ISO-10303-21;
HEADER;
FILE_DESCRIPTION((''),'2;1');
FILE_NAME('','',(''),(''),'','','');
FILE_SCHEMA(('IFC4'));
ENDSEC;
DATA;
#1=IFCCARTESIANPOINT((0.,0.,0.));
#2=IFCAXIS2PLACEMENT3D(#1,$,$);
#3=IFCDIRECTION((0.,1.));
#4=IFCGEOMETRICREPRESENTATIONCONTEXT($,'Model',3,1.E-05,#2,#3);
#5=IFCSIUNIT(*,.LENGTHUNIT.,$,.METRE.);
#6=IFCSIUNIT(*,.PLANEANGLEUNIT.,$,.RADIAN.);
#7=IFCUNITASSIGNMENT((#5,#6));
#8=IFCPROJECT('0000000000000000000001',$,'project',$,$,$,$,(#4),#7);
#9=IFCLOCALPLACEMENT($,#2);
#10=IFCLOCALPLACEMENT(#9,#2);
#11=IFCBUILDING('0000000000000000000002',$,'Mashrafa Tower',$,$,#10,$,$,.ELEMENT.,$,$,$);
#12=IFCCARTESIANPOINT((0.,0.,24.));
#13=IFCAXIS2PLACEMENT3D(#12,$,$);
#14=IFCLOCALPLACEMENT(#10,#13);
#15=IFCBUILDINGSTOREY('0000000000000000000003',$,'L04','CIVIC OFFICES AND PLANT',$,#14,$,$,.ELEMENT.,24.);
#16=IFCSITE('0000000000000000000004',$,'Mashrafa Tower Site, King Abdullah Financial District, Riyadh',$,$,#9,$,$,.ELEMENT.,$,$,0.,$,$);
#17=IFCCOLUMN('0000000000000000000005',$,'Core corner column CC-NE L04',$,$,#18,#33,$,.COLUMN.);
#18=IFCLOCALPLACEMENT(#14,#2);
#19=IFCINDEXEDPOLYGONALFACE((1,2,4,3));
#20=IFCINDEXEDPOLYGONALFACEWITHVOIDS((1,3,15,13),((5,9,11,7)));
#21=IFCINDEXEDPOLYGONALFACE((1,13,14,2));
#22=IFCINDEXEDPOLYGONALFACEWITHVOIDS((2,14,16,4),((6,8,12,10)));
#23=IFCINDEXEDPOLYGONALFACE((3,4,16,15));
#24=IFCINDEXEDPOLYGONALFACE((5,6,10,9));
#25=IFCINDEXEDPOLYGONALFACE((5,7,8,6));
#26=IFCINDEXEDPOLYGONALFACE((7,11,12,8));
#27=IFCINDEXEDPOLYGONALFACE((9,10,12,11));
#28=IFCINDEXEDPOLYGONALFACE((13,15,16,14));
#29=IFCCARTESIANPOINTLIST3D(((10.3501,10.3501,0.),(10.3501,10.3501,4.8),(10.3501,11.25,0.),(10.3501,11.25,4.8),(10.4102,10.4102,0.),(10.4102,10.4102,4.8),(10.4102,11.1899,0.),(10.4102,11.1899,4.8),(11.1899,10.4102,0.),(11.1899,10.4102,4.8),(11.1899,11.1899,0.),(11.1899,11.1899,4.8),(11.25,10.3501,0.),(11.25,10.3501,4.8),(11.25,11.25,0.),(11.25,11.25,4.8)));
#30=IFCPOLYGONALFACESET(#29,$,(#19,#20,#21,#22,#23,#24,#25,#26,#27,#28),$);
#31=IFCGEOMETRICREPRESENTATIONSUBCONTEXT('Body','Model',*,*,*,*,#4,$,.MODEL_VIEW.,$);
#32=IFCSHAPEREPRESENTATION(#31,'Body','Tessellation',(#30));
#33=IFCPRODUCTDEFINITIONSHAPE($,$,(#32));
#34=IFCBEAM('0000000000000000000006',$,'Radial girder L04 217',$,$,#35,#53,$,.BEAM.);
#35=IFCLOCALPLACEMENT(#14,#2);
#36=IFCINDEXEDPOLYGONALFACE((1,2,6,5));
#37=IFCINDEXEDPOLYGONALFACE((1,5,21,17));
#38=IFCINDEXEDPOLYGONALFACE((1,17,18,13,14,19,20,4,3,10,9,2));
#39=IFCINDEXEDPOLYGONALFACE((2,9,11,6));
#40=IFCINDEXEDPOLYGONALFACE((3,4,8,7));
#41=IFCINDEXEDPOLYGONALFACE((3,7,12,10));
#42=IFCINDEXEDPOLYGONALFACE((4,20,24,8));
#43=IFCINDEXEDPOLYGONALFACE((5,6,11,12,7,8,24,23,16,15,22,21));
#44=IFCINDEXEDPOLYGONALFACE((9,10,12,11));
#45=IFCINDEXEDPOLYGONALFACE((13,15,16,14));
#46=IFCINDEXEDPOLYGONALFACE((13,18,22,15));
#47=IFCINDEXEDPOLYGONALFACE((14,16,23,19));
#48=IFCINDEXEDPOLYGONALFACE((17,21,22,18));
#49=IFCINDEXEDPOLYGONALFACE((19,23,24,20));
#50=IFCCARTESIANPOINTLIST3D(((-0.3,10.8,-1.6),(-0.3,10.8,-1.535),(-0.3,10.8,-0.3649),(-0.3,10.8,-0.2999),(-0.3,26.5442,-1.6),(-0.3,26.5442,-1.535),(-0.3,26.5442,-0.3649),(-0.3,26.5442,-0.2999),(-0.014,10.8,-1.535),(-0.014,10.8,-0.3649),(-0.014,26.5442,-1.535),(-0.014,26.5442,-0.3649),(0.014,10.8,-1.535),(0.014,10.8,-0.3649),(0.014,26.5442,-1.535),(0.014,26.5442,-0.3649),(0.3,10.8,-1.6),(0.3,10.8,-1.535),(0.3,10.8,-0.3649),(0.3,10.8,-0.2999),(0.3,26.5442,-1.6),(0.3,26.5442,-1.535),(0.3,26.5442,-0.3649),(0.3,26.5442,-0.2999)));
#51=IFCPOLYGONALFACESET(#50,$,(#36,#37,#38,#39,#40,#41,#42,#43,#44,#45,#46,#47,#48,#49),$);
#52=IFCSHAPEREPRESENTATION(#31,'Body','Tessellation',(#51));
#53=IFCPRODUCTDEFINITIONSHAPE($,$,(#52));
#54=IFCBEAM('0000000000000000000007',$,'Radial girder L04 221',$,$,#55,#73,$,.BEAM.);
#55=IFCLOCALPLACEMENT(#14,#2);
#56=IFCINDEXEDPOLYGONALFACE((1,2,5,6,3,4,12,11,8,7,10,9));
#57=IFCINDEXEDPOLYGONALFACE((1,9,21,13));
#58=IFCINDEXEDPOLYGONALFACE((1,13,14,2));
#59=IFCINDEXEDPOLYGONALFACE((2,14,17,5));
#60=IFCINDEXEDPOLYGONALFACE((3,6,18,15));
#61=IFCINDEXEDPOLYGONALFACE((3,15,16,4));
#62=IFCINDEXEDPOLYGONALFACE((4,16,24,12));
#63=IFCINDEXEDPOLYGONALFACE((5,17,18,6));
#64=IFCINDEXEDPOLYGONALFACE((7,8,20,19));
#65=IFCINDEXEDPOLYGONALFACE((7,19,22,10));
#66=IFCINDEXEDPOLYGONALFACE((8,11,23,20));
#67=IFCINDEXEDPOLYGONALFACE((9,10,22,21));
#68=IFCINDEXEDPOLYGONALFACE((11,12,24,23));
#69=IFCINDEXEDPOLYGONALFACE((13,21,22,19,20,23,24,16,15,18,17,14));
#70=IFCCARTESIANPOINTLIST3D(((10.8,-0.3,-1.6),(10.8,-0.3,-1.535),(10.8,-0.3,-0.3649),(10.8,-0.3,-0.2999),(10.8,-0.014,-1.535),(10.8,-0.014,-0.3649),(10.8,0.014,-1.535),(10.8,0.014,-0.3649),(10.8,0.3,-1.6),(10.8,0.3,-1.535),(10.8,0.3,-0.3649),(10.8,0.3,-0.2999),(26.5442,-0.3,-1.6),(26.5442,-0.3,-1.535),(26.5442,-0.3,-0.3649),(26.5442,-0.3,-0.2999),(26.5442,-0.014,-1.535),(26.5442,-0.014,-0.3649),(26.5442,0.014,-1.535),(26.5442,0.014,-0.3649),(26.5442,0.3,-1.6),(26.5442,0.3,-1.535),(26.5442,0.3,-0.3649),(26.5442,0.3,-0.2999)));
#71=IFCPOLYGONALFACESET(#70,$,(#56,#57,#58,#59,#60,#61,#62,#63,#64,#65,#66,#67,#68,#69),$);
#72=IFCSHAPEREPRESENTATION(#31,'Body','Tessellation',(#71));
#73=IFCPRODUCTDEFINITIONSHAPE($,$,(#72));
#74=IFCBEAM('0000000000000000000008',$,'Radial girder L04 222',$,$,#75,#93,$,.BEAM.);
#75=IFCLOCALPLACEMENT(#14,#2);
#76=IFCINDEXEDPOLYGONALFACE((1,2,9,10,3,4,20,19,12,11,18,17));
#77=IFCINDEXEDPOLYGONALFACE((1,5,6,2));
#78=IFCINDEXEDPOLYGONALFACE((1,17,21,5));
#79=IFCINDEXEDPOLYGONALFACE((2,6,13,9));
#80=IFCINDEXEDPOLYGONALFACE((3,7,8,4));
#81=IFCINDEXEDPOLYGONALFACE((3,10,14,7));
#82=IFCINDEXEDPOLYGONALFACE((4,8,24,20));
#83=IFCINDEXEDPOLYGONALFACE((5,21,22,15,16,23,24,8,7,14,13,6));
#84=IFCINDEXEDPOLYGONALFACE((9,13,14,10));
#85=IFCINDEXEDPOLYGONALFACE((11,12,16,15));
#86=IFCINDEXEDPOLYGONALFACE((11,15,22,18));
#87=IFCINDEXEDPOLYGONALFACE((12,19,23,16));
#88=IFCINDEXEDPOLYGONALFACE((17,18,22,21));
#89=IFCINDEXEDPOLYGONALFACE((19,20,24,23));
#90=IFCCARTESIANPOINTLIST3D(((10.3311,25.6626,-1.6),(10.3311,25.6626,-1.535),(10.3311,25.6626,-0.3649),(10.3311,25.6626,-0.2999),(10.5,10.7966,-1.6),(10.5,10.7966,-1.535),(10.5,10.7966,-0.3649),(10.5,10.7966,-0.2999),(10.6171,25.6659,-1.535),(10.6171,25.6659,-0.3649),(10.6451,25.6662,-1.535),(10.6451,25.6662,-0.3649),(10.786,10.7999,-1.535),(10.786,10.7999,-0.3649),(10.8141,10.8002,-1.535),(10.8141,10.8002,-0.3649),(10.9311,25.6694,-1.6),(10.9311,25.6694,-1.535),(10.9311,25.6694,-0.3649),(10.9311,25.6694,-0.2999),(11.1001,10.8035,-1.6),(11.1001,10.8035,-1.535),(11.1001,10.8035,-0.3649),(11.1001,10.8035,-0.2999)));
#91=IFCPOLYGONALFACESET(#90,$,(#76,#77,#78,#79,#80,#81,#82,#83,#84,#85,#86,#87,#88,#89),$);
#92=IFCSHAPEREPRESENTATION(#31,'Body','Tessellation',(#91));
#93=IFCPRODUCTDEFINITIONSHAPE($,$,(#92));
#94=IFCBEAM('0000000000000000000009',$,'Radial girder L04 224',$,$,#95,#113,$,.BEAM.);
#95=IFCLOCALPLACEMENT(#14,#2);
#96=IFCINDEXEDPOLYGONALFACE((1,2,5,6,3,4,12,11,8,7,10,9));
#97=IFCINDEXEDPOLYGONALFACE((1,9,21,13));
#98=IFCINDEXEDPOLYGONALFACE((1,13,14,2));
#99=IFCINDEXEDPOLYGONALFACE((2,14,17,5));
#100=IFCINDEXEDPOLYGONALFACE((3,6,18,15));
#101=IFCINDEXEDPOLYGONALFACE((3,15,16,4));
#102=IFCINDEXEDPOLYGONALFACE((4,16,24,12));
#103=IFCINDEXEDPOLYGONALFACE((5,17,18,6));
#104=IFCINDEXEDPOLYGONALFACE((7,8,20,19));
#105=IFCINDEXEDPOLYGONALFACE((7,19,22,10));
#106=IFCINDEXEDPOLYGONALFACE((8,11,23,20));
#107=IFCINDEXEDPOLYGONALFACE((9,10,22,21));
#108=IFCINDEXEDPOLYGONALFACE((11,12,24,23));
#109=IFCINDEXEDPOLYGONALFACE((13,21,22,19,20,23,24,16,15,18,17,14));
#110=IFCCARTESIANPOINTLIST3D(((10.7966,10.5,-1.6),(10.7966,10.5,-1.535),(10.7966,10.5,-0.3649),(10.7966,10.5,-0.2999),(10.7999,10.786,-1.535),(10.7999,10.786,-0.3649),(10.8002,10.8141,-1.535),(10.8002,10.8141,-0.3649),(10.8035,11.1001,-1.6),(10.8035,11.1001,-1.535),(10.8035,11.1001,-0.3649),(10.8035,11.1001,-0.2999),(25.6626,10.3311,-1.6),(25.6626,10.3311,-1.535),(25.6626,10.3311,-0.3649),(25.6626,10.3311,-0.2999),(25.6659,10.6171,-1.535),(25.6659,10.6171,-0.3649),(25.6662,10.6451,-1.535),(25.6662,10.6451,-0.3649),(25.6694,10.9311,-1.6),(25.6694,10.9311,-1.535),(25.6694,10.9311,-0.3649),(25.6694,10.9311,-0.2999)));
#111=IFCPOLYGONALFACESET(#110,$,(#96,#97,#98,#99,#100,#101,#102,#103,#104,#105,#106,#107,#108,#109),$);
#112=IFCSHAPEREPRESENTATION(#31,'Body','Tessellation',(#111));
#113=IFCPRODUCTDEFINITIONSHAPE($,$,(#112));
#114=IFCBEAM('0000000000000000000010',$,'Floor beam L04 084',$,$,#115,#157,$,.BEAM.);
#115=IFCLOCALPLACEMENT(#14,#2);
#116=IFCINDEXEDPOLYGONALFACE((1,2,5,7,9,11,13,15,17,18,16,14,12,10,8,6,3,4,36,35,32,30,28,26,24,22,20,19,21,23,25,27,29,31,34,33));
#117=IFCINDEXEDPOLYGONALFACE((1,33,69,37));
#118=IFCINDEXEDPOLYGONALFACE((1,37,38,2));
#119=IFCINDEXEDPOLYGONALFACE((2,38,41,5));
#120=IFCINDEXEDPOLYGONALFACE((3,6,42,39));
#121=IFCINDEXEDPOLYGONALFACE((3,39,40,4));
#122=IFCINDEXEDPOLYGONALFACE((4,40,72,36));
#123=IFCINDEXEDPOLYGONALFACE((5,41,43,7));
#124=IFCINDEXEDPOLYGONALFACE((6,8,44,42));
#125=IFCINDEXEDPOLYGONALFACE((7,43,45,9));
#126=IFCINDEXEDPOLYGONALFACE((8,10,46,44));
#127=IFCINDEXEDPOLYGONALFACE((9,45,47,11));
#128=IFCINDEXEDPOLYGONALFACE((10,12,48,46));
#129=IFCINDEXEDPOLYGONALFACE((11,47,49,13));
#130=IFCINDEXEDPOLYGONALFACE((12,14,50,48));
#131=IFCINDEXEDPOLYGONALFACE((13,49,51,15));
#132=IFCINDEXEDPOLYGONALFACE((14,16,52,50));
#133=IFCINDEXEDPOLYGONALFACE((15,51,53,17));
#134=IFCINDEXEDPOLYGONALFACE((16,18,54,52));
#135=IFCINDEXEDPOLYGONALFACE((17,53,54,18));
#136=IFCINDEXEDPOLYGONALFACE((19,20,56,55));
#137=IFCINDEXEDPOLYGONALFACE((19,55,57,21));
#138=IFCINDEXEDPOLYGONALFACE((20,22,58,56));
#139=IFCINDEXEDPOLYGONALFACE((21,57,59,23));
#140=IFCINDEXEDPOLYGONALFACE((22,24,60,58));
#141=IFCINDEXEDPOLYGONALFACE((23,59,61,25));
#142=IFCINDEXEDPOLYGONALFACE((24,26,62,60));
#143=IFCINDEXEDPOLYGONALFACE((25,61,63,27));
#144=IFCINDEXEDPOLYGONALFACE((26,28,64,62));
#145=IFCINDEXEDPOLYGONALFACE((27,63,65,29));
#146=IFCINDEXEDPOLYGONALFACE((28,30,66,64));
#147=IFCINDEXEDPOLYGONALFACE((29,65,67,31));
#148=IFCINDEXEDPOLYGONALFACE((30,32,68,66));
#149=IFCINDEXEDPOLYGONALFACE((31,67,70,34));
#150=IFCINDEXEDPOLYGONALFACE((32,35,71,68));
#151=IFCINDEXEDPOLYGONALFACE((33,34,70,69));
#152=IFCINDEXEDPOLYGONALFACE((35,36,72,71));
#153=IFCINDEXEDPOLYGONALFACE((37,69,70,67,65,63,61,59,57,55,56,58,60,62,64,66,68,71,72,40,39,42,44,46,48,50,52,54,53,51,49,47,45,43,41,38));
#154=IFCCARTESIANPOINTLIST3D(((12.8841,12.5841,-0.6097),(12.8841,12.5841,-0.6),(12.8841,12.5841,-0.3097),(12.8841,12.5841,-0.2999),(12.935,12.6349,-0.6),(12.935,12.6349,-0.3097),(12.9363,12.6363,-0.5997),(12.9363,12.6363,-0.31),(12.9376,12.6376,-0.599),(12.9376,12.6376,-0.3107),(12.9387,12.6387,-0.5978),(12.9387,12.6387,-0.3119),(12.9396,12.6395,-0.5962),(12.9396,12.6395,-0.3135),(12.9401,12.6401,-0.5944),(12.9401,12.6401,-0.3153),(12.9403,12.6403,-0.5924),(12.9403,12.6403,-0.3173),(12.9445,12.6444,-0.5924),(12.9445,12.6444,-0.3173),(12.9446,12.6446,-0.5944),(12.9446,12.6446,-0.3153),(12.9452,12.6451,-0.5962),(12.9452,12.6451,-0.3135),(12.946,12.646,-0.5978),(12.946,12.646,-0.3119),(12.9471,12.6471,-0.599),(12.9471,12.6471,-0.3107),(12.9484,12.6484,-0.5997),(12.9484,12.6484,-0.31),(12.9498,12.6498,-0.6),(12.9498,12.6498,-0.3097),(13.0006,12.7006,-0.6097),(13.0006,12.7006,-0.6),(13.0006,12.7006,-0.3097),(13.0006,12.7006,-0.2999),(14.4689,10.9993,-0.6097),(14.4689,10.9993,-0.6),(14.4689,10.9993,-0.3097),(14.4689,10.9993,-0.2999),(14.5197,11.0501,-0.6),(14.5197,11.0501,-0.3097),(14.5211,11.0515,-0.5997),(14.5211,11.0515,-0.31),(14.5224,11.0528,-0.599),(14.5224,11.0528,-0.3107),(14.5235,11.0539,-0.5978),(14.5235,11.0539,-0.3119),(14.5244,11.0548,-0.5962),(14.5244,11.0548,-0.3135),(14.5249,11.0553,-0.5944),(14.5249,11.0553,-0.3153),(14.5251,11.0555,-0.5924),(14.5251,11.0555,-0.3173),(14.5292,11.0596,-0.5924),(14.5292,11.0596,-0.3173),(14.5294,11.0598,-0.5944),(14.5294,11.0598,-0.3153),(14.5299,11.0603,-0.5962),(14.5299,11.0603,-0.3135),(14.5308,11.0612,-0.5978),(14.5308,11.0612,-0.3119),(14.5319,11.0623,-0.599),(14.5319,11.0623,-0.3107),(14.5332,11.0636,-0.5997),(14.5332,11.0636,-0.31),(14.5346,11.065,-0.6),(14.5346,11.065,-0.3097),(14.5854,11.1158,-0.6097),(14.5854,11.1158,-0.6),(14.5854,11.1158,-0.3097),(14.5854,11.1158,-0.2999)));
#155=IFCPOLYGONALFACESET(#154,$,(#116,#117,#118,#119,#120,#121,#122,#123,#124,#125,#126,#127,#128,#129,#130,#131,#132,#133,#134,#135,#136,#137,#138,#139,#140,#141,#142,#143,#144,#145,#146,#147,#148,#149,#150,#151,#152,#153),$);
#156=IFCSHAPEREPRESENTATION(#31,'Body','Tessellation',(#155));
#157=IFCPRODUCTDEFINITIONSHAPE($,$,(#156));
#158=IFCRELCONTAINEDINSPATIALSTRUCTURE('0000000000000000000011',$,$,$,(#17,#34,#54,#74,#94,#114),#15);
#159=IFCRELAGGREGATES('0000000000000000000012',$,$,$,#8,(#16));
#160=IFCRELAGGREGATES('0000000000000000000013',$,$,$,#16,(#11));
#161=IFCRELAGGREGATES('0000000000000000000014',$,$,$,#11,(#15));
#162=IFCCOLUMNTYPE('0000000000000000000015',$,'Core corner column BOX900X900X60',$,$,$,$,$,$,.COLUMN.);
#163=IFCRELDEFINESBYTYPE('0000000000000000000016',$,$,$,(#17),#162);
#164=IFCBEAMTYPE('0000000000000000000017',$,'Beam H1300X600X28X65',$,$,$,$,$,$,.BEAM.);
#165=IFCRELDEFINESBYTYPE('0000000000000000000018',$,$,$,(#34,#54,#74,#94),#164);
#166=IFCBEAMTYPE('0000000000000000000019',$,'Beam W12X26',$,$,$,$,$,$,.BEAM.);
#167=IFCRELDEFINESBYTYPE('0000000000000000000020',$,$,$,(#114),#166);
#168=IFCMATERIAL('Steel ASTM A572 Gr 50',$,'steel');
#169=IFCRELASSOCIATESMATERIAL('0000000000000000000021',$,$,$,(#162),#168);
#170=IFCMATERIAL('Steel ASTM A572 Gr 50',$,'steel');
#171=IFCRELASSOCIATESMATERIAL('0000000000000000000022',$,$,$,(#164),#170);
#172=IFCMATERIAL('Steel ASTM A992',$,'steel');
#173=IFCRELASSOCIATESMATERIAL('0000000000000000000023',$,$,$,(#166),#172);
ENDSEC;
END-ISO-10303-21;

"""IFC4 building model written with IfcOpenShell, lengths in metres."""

from ifc_helpers import new_model, si_unit, direction, frame, origin, origin_2d, place, context, subcontext, project, spatial, hollow_rectangle, i_section, extrude, material, material_profile, profile_set, type_object, element, save


model = new_model("IFC4")

# Units and contexts
model_context = context("Model", 3, precision=1e-05, world=origin(), true_north=direction((0.0, 1.0)))
body_context = subcontext(model_context, "Body", "Model", "MODEL_VIEW")
ifc_project = project(units=[si_unit("LENGTHUNIT", "METRE"), si_unit("PLANEANGLEUNIT", "RADIAN")], contexts=[model_context])

# Site, building, storey
site_placement = place(None, origin())
site = spatial("IfcSite", under=ifc_project, at=site_placement, Name="Mashrafa Tower Site, King Abdullah Financial District, Riyadh", CompositionType="ELEMENT", RefElevation=0.0)
building_placement = place(site_placement, origin())
building = spatial("IfcBuilding", under=site, at=building_placement, Name="Mashrafa Tower", CompositionType="ELEMENT")
storey_placement = place(building_placement, frame((0.0, 0.0, 24.0)))
storey = spatial("IfcBuildingStorey", under=building, at=storey_placement, Name="L04", Description="CIVIC OFFICES AND PLANT", CompositionType="ELEMENT", Elevation=24.0)

# Column
ifc_material_1 = material(Name="Steel ASTM A572 Gr 50", Category="steel")
ifc_material_profile_1 = material_profile(ifc_material_1, hollow_rectangle(XDim=0.8999, YDim=0.8999, WallThickness=0.0601, at=origin_2d()), Name="BOX900X900X60")
ifc_profile_set_1 = profile_set([ifc_material_profile_1], Name="Steel ASTM A572 Gr 50")
column_type = type_object("IfcColumnType", Name="Core corner column BOX900X900X60", PredefinedType="COLUMN", material=ifc_profile_set_1)
column_placement = place(storey_placement, frame((10.8, 10.8, 0.0), z_axis=(0.0, 0.0, 1.0), x_axis=(1.0, 0.0, 0.0)))
element("IfcColumn", 1, at=column_placement, inside=storey, type_object=column_type, Name="Core corner column CC-NE L04", PredefinedType="COLUMN", context=body_context, shape_type="SweptSolid", body=[
    extrude(hollow_rectangle(XDim=0.8999, YDim=0.8999, WallThickness=0.0601, at=origin_2d()), origin(), (0.0, 0.0, 1.0), 4.8),
])

# Beams
ifc_material_2 = material(Name="Steel ASTM A572 Gr 50", Category="steel")
ifc_material_profile_2 = material_profile(ifc_material_2, i_section(OverallWidth=0.6001, OverallDepth=1.3, WebThickness=0.0281, FlangeThickness=0.0649, at=origin_2d()), Name="H1300X600X28X65")
ifc_profile_set_2 = profile_set([ifc_material_profile_2], Name="Steel ASTM A572 Gr 50")
beam_type_1 = type_object("IfcBeamType", Name="Beam H1300X600X28X65", PredefinedType="BEAM", material=ifc_profile_set_2)
for number, where, z_axis, x_axis, name in (
    (2, (0.0, 10.8, -0.95), (0.0, 1.0, 0.0), (-1.0, 0.0, 0.0), "Radial girder L04 217"),
    (3, (10.8, 0.0, -0.95), (1.0, 0.0, 0.0), (0.0, 1.0, 0.0), "Radial girder L04 221"),
):
    element("IfcBeam", number, at=place(storey_placement, frame(where, z_axis=z_axis, x_axis=x_axis)), inside=storey, type_object=beam_type_1, Name=name, PredefinedType="BEAM", context=body_context, shape_type="SweptSolid", body=[
        extrude(i_section(OverallWidth=0.6001, OverallDepth=1.3, WebThickness=0.0281, FlangeThickness=0.0649, at=origin_2d()), origin(), (0.0, 0.0, 1.0), 15.7441),
    ])
for number, where, z_axis, x_axis, name in (
    (4, (10.8, 10.8, -0.95), (-0.011364, 0.999935, 0.0), (-0.999935, -0.011364, 0.0), "Radial girder L04 222"),
    (5, (10.8, 10.8, -0.95), (0.999935, -0.011364, 0.0), (0.011364, 0.999935, 0.0), "Radial girder L04 224"),
):
    element("IfcBeam", number, at=place(storey_placement, frame(where, z_axis=z_axis, x_axis=x_axis)), inside=storey, type_object=beam_type_1, Name=name, PredefinedType="BEAM", context=body_context, shape_type="SweptSolid", body=[
        extrude(i_section(OverallWidth=0.6001, OverallDepth=1.3, WebThickness=0.0281, FlangeThickness=0.0649, at=origin_2d()), origin(), (0.0, 0.0, 1.0), 14.8669),
    ])
ifc_material_3 = material(Name="Steel ASTM A992", Category="steel")
ifc_material_profile_3 = material_profile(ifc_material_3, i_section(OverallWidth=0.1648, OverallDepth=0.3098, WebThickness=0.0059, FlangeThickness=0.0098, FilletRadius=0.0076, at=origin_2d()), Name="W12X26")
ifc_profile_set_3 = profile_set([ifc_material_profile_3], Name="Steel ASTM A992")
beam_type_2 = type_object("IfcBeamType", Name="Beam W12X26", PredefinedType="BEAM", material=ifc_profile_set_3)
beam_1_placement = place(storey_placement, frame((12.9424, 12.6423, -0.4548), z_axis=(0.707107, -0.707107, 0.0), x_axis=(0.707107, 0.707107, 0.0)))
element("IfcBeam", 6, at=beam_1_placement, inside=storey, type_object=beam_type_2, Name="Floor beam L04 084", PredefinedType="BEAM", context=body_context, shape_type="SweptSolid", body=[
    extrude(i_section(OverallWidth=0.1648, OverallDepth=0.3098, WebThickness=0.0059, FlangeThickness=0.0098, FilletRadius=0.0076, at=origin_2d()), origin(), (0.0, 0.0, 1.0), 2.2412),
])

save(model, "model.ifc")
